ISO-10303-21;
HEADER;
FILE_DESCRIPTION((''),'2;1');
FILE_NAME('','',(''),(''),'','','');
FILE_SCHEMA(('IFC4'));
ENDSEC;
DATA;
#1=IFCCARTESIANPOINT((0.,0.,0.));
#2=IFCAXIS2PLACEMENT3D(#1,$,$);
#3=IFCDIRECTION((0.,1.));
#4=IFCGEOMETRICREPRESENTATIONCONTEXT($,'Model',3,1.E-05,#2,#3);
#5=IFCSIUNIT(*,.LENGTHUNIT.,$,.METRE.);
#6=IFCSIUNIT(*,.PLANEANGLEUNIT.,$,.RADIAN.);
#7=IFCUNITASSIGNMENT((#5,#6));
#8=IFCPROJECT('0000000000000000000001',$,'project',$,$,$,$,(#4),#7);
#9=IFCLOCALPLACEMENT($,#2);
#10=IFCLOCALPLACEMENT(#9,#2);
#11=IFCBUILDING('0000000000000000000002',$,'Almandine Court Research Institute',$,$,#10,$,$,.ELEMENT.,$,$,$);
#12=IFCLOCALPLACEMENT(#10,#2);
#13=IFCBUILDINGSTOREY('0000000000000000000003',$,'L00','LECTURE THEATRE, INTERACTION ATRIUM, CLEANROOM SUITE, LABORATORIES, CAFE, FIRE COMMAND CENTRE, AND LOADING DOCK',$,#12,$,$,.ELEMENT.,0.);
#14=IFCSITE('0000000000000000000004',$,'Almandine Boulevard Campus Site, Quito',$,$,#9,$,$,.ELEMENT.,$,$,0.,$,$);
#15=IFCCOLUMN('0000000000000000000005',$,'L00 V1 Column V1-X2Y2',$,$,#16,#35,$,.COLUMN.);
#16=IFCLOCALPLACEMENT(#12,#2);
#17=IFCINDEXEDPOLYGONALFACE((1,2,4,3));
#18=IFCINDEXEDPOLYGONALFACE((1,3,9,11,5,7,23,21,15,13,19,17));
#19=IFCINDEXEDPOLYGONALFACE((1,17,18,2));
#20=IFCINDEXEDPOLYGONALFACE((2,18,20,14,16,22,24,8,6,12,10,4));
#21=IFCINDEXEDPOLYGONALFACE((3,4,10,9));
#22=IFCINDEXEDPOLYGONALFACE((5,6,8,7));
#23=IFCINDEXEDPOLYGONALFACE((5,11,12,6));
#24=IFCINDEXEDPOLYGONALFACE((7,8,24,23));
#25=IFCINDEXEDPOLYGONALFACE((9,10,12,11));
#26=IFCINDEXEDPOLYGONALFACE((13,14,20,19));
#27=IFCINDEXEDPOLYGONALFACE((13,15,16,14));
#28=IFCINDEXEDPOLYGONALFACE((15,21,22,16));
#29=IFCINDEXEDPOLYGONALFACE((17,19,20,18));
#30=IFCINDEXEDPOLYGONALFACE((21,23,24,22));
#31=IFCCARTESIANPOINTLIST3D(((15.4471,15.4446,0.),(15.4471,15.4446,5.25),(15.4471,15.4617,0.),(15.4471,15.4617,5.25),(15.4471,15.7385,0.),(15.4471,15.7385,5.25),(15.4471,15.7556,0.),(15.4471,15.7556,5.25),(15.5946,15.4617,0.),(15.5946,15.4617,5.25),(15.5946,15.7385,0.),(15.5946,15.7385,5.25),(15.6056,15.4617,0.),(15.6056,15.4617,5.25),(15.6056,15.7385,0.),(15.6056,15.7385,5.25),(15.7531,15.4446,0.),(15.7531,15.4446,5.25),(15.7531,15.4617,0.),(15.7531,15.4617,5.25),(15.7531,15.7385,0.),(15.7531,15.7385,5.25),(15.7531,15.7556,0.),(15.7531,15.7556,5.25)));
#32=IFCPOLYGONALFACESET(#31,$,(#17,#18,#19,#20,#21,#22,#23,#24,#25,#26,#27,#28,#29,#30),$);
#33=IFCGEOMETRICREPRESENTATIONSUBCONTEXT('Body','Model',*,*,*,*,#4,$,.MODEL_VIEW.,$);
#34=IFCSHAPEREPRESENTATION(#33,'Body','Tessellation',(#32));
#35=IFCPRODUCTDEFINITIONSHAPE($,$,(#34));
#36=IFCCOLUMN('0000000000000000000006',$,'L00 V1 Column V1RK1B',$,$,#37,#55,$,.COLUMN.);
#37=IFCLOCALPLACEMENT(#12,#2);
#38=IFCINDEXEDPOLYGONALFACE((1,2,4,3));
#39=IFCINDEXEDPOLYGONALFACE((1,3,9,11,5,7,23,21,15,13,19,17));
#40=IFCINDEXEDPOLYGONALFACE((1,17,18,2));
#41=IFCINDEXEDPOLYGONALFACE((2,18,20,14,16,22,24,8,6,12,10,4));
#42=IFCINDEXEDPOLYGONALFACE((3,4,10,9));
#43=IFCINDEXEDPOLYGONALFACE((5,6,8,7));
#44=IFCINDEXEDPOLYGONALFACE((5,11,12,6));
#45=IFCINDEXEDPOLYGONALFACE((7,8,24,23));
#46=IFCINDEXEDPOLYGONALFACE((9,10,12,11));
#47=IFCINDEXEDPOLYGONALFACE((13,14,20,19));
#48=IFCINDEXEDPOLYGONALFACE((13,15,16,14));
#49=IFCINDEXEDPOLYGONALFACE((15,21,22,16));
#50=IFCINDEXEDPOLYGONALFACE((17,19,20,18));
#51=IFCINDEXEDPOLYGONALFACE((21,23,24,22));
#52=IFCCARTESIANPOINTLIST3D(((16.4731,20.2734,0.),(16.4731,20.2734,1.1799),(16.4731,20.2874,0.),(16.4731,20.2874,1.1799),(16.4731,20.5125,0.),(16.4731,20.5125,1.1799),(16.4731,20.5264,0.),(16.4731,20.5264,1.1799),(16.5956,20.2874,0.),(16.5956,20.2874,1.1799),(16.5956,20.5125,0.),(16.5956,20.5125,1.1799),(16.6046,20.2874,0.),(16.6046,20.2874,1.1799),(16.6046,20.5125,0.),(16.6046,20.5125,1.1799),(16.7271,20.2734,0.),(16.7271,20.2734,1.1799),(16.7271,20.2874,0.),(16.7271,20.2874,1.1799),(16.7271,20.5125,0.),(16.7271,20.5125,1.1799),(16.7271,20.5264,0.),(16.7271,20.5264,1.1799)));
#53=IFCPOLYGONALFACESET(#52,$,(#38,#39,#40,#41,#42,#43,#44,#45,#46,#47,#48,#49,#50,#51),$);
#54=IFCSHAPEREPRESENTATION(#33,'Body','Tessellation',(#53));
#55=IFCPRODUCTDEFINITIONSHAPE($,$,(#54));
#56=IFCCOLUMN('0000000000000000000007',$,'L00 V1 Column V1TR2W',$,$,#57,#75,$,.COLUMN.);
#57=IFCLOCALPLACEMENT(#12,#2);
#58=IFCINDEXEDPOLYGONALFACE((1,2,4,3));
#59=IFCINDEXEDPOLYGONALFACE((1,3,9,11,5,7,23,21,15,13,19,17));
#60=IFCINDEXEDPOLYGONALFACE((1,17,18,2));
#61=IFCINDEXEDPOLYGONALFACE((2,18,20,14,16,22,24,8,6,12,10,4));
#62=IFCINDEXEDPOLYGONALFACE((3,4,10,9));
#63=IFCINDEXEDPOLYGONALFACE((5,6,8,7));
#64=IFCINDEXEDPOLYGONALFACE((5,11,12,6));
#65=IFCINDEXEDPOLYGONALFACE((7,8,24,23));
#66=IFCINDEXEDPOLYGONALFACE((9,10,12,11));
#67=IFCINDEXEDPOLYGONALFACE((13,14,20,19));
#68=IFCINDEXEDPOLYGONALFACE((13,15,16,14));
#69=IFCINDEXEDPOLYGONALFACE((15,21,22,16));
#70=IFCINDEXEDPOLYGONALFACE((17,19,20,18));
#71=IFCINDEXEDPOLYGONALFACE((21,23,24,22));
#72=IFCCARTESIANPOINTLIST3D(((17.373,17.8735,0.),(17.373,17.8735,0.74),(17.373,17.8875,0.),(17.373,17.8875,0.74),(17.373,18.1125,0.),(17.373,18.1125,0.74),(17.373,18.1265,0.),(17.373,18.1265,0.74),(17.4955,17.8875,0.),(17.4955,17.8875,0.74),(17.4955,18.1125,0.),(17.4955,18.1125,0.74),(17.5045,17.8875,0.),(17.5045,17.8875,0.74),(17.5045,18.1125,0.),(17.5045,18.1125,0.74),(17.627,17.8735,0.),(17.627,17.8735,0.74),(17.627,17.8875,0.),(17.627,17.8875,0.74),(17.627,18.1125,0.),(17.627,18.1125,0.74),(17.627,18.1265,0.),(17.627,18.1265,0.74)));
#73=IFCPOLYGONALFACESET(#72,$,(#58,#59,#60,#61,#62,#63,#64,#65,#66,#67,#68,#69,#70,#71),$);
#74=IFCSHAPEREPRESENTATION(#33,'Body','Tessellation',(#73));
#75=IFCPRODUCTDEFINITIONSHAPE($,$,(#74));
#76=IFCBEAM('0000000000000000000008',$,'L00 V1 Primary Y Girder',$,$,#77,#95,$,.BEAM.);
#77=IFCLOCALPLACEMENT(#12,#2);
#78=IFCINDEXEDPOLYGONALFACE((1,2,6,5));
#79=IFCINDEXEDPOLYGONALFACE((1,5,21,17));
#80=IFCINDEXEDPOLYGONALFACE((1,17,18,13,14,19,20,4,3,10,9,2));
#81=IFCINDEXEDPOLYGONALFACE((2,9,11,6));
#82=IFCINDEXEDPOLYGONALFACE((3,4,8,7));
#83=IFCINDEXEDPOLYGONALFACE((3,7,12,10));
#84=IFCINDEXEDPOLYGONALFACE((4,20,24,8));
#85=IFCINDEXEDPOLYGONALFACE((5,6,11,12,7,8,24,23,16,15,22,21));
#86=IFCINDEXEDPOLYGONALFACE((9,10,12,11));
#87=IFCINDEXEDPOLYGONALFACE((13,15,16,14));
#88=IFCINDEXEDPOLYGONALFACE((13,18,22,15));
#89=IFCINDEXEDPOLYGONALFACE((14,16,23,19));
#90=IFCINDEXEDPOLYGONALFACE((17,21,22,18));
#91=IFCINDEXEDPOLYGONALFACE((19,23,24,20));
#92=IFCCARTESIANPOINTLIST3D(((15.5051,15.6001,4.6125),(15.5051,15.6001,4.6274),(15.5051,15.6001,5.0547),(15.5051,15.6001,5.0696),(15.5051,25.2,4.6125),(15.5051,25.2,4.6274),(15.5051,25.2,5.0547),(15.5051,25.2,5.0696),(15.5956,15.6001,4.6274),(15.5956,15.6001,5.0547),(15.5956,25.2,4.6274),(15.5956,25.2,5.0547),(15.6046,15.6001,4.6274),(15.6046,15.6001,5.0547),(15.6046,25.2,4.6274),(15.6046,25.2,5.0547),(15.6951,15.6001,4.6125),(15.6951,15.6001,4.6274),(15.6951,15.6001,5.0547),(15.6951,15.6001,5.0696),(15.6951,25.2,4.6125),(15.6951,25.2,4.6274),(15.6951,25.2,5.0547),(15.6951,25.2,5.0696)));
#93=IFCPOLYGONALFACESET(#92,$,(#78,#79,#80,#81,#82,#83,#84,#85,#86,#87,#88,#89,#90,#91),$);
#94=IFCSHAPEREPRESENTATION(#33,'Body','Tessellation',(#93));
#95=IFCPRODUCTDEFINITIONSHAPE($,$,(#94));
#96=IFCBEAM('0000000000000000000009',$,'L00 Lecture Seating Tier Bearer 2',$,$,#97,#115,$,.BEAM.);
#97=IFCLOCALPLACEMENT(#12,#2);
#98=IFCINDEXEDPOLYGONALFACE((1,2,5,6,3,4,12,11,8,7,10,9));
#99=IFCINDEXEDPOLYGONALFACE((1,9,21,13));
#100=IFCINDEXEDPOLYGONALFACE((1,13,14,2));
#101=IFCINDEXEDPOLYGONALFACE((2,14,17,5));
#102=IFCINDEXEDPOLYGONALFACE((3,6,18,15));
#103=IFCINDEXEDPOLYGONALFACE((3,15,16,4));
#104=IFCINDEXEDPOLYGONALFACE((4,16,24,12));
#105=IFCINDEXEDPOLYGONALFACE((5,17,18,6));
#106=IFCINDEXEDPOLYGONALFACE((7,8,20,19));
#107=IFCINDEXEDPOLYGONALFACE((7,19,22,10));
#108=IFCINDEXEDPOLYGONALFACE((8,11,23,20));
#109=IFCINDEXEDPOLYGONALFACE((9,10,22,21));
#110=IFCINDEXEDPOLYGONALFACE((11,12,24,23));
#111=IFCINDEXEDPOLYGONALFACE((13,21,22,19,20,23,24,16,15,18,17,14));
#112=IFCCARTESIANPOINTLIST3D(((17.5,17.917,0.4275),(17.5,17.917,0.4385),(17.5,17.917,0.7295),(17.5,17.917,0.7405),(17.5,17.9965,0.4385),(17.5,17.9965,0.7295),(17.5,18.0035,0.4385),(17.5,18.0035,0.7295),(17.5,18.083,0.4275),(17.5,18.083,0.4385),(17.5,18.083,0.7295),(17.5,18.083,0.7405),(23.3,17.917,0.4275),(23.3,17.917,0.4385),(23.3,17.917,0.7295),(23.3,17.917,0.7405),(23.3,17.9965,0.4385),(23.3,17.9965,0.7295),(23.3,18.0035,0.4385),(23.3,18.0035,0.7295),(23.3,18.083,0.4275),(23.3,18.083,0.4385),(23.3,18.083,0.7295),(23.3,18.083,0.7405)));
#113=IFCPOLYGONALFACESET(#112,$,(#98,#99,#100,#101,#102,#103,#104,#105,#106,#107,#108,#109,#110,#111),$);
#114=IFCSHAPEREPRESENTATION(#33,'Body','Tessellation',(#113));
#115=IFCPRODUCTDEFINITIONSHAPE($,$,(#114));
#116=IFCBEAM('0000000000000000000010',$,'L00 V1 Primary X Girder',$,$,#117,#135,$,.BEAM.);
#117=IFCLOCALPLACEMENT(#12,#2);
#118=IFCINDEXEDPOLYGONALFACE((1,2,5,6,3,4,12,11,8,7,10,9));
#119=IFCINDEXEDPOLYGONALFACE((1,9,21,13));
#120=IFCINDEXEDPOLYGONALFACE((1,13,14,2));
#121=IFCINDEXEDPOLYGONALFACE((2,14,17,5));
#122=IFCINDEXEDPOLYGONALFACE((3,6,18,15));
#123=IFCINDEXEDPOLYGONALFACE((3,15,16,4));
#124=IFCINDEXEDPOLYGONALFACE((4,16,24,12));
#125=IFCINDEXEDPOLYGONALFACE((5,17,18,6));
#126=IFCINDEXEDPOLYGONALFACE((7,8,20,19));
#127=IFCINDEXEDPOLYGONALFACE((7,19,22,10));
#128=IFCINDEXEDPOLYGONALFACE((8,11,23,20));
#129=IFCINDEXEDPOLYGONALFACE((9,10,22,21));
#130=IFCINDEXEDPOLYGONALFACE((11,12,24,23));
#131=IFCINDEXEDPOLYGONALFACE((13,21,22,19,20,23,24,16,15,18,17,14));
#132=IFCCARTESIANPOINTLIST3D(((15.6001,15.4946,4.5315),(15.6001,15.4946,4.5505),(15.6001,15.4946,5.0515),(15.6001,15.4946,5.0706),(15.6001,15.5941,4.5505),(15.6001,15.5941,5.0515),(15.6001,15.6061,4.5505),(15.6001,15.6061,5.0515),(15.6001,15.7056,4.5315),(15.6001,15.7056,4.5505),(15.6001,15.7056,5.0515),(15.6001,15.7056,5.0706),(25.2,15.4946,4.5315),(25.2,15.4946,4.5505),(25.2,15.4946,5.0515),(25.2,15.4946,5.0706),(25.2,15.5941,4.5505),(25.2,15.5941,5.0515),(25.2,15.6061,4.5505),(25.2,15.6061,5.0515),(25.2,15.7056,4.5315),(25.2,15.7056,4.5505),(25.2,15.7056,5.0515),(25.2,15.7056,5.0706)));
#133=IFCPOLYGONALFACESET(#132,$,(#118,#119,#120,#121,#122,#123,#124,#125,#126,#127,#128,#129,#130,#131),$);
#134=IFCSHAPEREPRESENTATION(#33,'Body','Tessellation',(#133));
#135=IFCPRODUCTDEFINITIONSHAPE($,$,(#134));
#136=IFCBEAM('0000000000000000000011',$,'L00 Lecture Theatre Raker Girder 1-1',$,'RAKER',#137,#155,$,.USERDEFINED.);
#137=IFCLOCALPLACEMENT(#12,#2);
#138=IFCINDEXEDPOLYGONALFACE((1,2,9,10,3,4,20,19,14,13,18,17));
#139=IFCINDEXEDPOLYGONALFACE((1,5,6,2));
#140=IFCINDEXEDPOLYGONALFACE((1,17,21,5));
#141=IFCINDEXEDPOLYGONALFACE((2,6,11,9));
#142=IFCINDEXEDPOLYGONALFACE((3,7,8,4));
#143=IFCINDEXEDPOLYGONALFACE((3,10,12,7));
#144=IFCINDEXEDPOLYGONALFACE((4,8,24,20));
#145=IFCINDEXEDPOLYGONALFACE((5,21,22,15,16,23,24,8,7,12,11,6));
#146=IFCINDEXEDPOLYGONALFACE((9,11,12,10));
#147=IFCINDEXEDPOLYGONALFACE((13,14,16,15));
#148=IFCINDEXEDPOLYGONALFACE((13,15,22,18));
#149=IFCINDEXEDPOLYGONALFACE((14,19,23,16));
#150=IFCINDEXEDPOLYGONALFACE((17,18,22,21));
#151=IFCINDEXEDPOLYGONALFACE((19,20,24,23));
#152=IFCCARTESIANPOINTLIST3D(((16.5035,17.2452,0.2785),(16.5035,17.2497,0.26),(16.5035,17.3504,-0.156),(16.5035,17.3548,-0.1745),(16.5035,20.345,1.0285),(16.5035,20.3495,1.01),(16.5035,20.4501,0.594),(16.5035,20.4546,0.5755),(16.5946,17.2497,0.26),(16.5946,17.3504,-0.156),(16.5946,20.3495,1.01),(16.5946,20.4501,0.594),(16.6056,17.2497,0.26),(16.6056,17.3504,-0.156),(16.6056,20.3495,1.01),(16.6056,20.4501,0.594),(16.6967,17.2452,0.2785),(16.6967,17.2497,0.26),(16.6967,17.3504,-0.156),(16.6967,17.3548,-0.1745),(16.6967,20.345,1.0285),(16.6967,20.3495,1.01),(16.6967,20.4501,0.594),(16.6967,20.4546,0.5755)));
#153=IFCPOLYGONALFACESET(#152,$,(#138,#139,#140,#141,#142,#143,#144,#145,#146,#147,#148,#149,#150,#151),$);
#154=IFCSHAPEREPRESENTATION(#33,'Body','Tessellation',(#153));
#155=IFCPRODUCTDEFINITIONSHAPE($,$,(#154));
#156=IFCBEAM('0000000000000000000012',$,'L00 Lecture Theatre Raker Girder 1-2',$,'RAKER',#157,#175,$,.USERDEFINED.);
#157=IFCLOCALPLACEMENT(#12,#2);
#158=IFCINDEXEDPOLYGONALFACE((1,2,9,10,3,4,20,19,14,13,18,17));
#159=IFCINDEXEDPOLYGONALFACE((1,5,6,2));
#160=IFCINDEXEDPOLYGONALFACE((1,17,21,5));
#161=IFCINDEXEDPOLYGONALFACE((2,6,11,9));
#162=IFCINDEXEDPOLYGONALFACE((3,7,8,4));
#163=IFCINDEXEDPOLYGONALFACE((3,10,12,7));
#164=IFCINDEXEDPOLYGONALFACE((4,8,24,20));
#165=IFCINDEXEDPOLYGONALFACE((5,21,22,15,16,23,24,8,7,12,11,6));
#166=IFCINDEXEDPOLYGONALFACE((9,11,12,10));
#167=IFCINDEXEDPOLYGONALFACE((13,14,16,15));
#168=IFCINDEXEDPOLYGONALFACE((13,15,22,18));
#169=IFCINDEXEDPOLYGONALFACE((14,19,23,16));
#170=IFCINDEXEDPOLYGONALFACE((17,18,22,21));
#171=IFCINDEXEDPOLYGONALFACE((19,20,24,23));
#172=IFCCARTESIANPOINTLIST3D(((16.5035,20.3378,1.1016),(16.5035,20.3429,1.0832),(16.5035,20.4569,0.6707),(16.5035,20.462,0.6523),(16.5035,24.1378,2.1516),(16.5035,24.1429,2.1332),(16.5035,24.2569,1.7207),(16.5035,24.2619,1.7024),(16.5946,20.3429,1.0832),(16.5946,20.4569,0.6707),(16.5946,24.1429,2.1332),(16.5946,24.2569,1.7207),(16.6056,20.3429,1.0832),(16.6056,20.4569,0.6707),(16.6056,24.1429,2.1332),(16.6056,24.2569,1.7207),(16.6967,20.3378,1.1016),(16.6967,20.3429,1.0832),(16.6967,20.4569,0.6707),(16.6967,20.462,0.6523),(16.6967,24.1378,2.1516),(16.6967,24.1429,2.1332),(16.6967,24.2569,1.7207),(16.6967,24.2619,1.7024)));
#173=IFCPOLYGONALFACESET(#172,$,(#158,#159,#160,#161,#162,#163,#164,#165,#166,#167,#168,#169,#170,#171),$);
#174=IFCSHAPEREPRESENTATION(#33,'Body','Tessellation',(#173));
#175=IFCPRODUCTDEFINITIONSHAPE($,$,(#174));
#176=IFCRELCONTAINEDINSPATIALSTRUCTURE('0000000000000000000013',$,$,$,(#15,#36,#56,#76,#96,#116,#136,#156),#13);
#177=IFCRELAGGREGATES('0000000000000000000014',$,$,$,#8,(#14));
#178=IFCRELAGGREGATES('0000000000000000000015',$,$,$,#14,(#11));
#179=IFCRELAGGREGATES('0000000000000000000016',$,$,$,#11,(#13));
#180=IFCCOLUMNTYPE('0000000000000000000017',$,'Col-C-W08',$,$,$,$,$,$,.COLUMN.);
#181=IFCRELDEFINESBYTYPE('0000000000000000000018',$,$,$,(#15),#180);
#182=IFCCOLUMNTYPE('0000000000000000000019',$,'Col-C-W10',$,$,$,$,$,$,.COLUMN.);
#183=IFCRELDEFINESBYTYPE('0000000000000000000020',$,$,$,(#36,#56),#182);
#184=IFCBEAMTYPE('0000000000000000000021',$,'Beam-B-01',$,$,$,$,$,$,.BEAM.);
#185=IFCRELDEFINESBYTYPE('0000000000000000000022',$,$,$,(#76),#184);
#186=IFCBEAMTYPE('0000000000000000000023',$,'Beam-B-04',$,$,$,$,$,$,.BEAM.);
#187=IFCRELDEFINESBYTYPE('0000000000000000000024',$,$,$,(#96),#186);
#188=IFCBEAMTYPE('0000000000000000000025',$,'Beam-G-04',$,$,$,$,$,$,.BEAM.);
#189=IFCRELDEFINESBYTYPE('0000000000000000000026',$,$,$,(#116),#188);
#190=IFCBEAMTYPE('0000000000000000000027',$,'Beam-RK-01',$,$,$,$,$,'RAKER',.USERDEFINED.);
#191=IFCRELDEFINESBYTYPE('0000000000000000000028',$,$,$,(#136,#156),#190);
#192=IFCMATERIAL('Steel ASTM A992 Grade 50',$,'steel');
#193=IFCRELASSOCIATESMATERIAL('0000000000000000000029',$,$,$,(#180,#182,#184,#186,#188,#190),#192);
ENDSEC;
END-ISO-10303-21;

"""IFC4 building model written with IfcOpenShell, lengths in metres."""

from ifc_helpers import new_model, si_unit, direction, frame, origin, origin_2d, place, context, subcontext, project, spatial, i_section, extrude, material, material_profile, profile_set, type_object, element, save


model = new_model("IFC4")

# Units and contexts
model_context = context("Model", 3, precision=1e-05, world=origin(), true_north=direction((0.0, 1.0)))
body_context = subcontext(model_context, "Body", "Model", "MODEL_VIEW")
ifc_project = project(units=[si_unit("LENGTHUNIT", "METRE"), si_unit("PLANEANGLEUNIT", "RADIAN")], contexts=[model_context])

# Site, building, storey
site_placement = place(None, origin())
site = spatial("IfcSite", under=ifc_project, at=site_placement, Name="Almandine Boulevard Campus Site, Quito", CompositionType="ELEMENT", RefElevation=0.0)
building_placement = place(site_placement, origin())
building = spatial("IfcBuilding", under=site, at=building_placement, Name="Almandine Court Research Institute", CompositionType="ELEMENT")
storey_placement = place(building_placement, origin())
storey = spatial("IfcBuildingStorey", under=building, at=storey_placement, Name="L00", Description="LECTURE THEATRE, INTERACTION ATRIUM, CLEANROOM SUITE, LABORATORIES, CAFE, FIRE COMMAND CENTRE, AND LOADING DOCK", CompositionType="ELEMENT", Elevation=0.0)

# Columns
ifc_material_1 = material(Name="Steel ASTM A992 Grade 50", Category="steel")
ifc_material_profile_1 = material_profile(ifc_material_1, i_section(OverallWidth=0.3059, OverallDepth=0.311, WebThickness=0.011, FlangeThickness=0.0171, at=origin_2d()), Name="W310x107")
ifc_profile_set_1 = profile_set([ifc_material_profile_1], Name="Steel ASTM A992 Grade 50")
column_type_1 = type_object("IfcColumnType", Name="Col-C-W08", PredefinedType="COLUMN", material=ifc_profile_set_1)
column_1_placement = place(storey_placement, frame((15.6001, 15.6001, 0.0), z_axis=(0.0, 0.0, 1.0), x_axis=(1.0, 0.0, 0.0)))
element("IfcColumn", 1, at=column_1_placement, inside=storey, type_object=column_type_1, Name="L00 V1 Column V1-X2Y2", PredefinedType="COLUMN", context=body_context, shape_type="SweptSolid", body=[
    extrude(i_section(OverallWidth=0.3059, OverallDepth=0.311, WebThickness=0.011, FlangeThickness=0.0171, at=origin_2d()), origin(), (0.0, 0.0, 1.0), 5.25),
])
ifc_material_profile_2 = material_profile(ifc_material_1, i_section(OverallWidth=0.2539, OverallDepth=0.2529, WebThickness=0.009, FlangeThickness=0.0139, at=origin_2d()), Name="W250x73")
ifc_profile_set_2 = profile_set([ifc_material_profile_2], Name="Steel ASTM A992 Grade 50")
column_type_2 = type_object("IfcColumnType", Name="Col-C-W10", PredefinedType="COLUMN", material=ifc_profile_set_2)
column_2_placement = place(storey_placement, frame((16.6001, 20.3999, 0.0), z_axis=(0.0, 0.0, 1.0), x_axis=(1.0, 0.0, 0.0)))
element("IfcColumn", 2, at=column_2_placement, inside=storey, type_object=column_type_2, Name="L00 V1 Column V1RK1B", PredefinedType="COLUMN", context=body_context, shape_type="SweptSolid", body=[
    extrude(i_section(OverallWidth=0.2539, OverallDepth=0.2529, WebThickness=0.009, FlangeThickness=0.0139, at=origin_2d()), origin(), (0.0, 0.0, 1.0), 1.1799),
])
column_3_placement = place(storey_placement, frame((17.5, 18.0, 0.0), z_axis=(0.0, 0.0, 1.0), x_axis=(1.0, 0.0, 0.0)))
element("IfcColumn", 3, at=column_3_placement, inside=storey, type_object=column_type_2, Name="L00 V1 Column V1TR2W", PredefinedType="COLUMN", context=body_context, shape_type="SweptSolid", body=[
    extrude(i_section(OverallWidth=0.2539, OverallDepth=0.2529, WebThickness=0.009, FlangeThickness=0.0139, at=origin_2d()), origin(), (0.0, 0.0, 1.0), 0.74),
])

# Beams
ifc_material_profile_3 = material_profile(ifc_material_1, i_section(OverallWidth=0.1899, OverallDepth=0.457, WebThickness=0.009, FlangeThickness=0.0149, at=origin_2d()), Name="W460x74")
ifc_profile_set_3 = profile_set([ifc_material_profile_3], Name="Steel ASTM A992 Grade 50")
beam_type_1 = type_object("IfcBeamType", Name="Beam-B-01", PredefinedType="BEAM", material=ifc_profile_set_3)
beam_1_placement = place(storey_placement, frame((15.6001, 15.6001, 4.8411), z_axis=(0.0, 1.0, 0.0), x_axis=(-1.0, 0.0, 0.0)))
element("IfcBeam", 4, at=beam_1_placement, inside=storey, type_object=beam_type_1, Name="L00 V1 Primary Y Girder", PredefinedType="BEAM", context=body_context, shape_type="SweptSolid", body=[
    extrude(i_section(OverallWidth=0.1899, OverallDepth=0.457, WebThickness=0.009, FlangeThickness=0.0149, at=origin_2d()), origin(), (0.0, 0.0, 1.0), 9.5999),
])
ifc_material_profile_4 = material_profile(ifc_material_1, i_section(OverallWidth=0.166, OverallDepth=0.313, WebThickness=0.0071, FlangeThickness=0.011, at=origin_2d()), Name="W310x45")
ifc_profile_set_4 = profile_set([ifc_material_profile_4], Name="Steel ASTM A992 Grade 50")
beam_type_2 = type_object("IfcBeamType", Name="Beam-B-04", PredefinedType="BEAM", material=ifc_profile_set_4)
beam_2_placement = place(storey_placement, frame((17.5, 18.0, 0.584), z_axis=(1.0, 0.0, 0.0), x_axis=(0.0, 1.0, 0.0)))
element("IfcBeam", 5, at=beam_2_placement, inside=storey, type_object=beam_type_2, Name="L00 Lecture Seating Tier Bearer 2", PredefinedType="BEAM", context=body_context, shape_type="SweptSolid", body=[
    extrude(i_section(OverallWidth=0.166, OverallDepth=0.313, WebThickness=0.0071, FlangeThickness=0.011, at=origin_2d()), origin(), (0.0, 0.0, 1.0), 5.8),
])
ifc_material_profile_5 = material_profile(ifc_material_1, i_section(OverallWidth=0.2109, OverallDepth=0.5391, WebThickness=0.012, FlangeThickness=0.019, at=origin_2d()), Name="W530x109")
ifc_profile_set_5 = profile_set([ifc_material_profile_5], Name="Steel ASTM A992 Grade 50")
beam_type_3 = type_object("IfcBeamType", Name="Beam-G-04", PredefinedType="BEAM", material=ifc_profile_set_5)
beam_3_placement = place(storey_placement, frame((15.6001, 15.6001, 4.801), z_axis=(1.0, 0.0, 0.0), x_axis=(0.0, 1.0, 0.0)))
element("IfcBeam", 6, at=beam_3_placement, inside=storey, type_object=beam_type_3, Name="L00 V1 Primary X Girder", PredefinedType="BEAM", context=body_context, shape_type="SweptSolid", body=[
    extrude(i_section(OverallWidth=0.2109, OverallDepth=0.5391, WebThickness=0.012, FlangeThickness=0.019, at=origin_2d()), origin(), (0.0, 0.0, 1.0), 9.5999),
])
ifc_material_profile_6 = material_profile(ifc_material_1, i_section(OverallWidth=0.1931, OverallDepth=0.4661, WebThickness=0.011, FlangeThickness=0.019, at=origin_2d()), Name="W460x97")
ifc_profile_set_6 = profile_set([ifc_material_profile_6], Name="Steel ASTM A992 Grade 50")
beam_type_4 = type_object("IfcBeamType", Name="Beam-RK-01", ElementType="RAKER", PredefinedType="USERDEFINED", material=ifc_profile_set_6)
beam_4_placement = place(storey_placement, frame((16.6001, 17.3, 0.052), z_axis=(0.0, 0.971956, 0.235162), x_axis=(-1.0, 0.0, 0.0)))
element("IfcBeam", 7, at=beam_4_placement, inside=storey, type_object=beam_type_4, Name="L00 Lecture Theatre Raker Girder 1-1", ObjectType="RAKER", PredefinedType="USERDEFINED", context=body_context, shape_type="SweptSolid", body=[
    extrude(i_section(OverallWidth=0.1931, OverallDepth=0.4661, WebThickness=0.011, FlangeThickness=0.019, at=origin_2d()), origin(), (0.0, 0.0, 1.0), 3.1892),
])
beam_5_placement = place(storey_placement, frame((16.6001, 20.3999, 0.877), z_axis=(0.0, 0.963878, 0.266344), x_axis=(-1.0, 0.0, 0.0)))
element("IfcBeam", 8, at=beam_5_placement, inside=storey, type_object=beam_type_4, Name="L00 Lecture Theatre Raker Girder 1-2", ObjectType="RAKER", PredefinedType="USERDEFINED", context=body_context, shape_type="SweptSolid", body=[
    extrude(i_section(OverallWidth=0.1931, OverallDepth=0.4661, WebThickness=0.011, FlangeThickness=0.019, at=origin_2d()), origin(), (0.0, 0.0, 1.0), 3.9424),
])

save(model, "model.ifc")
